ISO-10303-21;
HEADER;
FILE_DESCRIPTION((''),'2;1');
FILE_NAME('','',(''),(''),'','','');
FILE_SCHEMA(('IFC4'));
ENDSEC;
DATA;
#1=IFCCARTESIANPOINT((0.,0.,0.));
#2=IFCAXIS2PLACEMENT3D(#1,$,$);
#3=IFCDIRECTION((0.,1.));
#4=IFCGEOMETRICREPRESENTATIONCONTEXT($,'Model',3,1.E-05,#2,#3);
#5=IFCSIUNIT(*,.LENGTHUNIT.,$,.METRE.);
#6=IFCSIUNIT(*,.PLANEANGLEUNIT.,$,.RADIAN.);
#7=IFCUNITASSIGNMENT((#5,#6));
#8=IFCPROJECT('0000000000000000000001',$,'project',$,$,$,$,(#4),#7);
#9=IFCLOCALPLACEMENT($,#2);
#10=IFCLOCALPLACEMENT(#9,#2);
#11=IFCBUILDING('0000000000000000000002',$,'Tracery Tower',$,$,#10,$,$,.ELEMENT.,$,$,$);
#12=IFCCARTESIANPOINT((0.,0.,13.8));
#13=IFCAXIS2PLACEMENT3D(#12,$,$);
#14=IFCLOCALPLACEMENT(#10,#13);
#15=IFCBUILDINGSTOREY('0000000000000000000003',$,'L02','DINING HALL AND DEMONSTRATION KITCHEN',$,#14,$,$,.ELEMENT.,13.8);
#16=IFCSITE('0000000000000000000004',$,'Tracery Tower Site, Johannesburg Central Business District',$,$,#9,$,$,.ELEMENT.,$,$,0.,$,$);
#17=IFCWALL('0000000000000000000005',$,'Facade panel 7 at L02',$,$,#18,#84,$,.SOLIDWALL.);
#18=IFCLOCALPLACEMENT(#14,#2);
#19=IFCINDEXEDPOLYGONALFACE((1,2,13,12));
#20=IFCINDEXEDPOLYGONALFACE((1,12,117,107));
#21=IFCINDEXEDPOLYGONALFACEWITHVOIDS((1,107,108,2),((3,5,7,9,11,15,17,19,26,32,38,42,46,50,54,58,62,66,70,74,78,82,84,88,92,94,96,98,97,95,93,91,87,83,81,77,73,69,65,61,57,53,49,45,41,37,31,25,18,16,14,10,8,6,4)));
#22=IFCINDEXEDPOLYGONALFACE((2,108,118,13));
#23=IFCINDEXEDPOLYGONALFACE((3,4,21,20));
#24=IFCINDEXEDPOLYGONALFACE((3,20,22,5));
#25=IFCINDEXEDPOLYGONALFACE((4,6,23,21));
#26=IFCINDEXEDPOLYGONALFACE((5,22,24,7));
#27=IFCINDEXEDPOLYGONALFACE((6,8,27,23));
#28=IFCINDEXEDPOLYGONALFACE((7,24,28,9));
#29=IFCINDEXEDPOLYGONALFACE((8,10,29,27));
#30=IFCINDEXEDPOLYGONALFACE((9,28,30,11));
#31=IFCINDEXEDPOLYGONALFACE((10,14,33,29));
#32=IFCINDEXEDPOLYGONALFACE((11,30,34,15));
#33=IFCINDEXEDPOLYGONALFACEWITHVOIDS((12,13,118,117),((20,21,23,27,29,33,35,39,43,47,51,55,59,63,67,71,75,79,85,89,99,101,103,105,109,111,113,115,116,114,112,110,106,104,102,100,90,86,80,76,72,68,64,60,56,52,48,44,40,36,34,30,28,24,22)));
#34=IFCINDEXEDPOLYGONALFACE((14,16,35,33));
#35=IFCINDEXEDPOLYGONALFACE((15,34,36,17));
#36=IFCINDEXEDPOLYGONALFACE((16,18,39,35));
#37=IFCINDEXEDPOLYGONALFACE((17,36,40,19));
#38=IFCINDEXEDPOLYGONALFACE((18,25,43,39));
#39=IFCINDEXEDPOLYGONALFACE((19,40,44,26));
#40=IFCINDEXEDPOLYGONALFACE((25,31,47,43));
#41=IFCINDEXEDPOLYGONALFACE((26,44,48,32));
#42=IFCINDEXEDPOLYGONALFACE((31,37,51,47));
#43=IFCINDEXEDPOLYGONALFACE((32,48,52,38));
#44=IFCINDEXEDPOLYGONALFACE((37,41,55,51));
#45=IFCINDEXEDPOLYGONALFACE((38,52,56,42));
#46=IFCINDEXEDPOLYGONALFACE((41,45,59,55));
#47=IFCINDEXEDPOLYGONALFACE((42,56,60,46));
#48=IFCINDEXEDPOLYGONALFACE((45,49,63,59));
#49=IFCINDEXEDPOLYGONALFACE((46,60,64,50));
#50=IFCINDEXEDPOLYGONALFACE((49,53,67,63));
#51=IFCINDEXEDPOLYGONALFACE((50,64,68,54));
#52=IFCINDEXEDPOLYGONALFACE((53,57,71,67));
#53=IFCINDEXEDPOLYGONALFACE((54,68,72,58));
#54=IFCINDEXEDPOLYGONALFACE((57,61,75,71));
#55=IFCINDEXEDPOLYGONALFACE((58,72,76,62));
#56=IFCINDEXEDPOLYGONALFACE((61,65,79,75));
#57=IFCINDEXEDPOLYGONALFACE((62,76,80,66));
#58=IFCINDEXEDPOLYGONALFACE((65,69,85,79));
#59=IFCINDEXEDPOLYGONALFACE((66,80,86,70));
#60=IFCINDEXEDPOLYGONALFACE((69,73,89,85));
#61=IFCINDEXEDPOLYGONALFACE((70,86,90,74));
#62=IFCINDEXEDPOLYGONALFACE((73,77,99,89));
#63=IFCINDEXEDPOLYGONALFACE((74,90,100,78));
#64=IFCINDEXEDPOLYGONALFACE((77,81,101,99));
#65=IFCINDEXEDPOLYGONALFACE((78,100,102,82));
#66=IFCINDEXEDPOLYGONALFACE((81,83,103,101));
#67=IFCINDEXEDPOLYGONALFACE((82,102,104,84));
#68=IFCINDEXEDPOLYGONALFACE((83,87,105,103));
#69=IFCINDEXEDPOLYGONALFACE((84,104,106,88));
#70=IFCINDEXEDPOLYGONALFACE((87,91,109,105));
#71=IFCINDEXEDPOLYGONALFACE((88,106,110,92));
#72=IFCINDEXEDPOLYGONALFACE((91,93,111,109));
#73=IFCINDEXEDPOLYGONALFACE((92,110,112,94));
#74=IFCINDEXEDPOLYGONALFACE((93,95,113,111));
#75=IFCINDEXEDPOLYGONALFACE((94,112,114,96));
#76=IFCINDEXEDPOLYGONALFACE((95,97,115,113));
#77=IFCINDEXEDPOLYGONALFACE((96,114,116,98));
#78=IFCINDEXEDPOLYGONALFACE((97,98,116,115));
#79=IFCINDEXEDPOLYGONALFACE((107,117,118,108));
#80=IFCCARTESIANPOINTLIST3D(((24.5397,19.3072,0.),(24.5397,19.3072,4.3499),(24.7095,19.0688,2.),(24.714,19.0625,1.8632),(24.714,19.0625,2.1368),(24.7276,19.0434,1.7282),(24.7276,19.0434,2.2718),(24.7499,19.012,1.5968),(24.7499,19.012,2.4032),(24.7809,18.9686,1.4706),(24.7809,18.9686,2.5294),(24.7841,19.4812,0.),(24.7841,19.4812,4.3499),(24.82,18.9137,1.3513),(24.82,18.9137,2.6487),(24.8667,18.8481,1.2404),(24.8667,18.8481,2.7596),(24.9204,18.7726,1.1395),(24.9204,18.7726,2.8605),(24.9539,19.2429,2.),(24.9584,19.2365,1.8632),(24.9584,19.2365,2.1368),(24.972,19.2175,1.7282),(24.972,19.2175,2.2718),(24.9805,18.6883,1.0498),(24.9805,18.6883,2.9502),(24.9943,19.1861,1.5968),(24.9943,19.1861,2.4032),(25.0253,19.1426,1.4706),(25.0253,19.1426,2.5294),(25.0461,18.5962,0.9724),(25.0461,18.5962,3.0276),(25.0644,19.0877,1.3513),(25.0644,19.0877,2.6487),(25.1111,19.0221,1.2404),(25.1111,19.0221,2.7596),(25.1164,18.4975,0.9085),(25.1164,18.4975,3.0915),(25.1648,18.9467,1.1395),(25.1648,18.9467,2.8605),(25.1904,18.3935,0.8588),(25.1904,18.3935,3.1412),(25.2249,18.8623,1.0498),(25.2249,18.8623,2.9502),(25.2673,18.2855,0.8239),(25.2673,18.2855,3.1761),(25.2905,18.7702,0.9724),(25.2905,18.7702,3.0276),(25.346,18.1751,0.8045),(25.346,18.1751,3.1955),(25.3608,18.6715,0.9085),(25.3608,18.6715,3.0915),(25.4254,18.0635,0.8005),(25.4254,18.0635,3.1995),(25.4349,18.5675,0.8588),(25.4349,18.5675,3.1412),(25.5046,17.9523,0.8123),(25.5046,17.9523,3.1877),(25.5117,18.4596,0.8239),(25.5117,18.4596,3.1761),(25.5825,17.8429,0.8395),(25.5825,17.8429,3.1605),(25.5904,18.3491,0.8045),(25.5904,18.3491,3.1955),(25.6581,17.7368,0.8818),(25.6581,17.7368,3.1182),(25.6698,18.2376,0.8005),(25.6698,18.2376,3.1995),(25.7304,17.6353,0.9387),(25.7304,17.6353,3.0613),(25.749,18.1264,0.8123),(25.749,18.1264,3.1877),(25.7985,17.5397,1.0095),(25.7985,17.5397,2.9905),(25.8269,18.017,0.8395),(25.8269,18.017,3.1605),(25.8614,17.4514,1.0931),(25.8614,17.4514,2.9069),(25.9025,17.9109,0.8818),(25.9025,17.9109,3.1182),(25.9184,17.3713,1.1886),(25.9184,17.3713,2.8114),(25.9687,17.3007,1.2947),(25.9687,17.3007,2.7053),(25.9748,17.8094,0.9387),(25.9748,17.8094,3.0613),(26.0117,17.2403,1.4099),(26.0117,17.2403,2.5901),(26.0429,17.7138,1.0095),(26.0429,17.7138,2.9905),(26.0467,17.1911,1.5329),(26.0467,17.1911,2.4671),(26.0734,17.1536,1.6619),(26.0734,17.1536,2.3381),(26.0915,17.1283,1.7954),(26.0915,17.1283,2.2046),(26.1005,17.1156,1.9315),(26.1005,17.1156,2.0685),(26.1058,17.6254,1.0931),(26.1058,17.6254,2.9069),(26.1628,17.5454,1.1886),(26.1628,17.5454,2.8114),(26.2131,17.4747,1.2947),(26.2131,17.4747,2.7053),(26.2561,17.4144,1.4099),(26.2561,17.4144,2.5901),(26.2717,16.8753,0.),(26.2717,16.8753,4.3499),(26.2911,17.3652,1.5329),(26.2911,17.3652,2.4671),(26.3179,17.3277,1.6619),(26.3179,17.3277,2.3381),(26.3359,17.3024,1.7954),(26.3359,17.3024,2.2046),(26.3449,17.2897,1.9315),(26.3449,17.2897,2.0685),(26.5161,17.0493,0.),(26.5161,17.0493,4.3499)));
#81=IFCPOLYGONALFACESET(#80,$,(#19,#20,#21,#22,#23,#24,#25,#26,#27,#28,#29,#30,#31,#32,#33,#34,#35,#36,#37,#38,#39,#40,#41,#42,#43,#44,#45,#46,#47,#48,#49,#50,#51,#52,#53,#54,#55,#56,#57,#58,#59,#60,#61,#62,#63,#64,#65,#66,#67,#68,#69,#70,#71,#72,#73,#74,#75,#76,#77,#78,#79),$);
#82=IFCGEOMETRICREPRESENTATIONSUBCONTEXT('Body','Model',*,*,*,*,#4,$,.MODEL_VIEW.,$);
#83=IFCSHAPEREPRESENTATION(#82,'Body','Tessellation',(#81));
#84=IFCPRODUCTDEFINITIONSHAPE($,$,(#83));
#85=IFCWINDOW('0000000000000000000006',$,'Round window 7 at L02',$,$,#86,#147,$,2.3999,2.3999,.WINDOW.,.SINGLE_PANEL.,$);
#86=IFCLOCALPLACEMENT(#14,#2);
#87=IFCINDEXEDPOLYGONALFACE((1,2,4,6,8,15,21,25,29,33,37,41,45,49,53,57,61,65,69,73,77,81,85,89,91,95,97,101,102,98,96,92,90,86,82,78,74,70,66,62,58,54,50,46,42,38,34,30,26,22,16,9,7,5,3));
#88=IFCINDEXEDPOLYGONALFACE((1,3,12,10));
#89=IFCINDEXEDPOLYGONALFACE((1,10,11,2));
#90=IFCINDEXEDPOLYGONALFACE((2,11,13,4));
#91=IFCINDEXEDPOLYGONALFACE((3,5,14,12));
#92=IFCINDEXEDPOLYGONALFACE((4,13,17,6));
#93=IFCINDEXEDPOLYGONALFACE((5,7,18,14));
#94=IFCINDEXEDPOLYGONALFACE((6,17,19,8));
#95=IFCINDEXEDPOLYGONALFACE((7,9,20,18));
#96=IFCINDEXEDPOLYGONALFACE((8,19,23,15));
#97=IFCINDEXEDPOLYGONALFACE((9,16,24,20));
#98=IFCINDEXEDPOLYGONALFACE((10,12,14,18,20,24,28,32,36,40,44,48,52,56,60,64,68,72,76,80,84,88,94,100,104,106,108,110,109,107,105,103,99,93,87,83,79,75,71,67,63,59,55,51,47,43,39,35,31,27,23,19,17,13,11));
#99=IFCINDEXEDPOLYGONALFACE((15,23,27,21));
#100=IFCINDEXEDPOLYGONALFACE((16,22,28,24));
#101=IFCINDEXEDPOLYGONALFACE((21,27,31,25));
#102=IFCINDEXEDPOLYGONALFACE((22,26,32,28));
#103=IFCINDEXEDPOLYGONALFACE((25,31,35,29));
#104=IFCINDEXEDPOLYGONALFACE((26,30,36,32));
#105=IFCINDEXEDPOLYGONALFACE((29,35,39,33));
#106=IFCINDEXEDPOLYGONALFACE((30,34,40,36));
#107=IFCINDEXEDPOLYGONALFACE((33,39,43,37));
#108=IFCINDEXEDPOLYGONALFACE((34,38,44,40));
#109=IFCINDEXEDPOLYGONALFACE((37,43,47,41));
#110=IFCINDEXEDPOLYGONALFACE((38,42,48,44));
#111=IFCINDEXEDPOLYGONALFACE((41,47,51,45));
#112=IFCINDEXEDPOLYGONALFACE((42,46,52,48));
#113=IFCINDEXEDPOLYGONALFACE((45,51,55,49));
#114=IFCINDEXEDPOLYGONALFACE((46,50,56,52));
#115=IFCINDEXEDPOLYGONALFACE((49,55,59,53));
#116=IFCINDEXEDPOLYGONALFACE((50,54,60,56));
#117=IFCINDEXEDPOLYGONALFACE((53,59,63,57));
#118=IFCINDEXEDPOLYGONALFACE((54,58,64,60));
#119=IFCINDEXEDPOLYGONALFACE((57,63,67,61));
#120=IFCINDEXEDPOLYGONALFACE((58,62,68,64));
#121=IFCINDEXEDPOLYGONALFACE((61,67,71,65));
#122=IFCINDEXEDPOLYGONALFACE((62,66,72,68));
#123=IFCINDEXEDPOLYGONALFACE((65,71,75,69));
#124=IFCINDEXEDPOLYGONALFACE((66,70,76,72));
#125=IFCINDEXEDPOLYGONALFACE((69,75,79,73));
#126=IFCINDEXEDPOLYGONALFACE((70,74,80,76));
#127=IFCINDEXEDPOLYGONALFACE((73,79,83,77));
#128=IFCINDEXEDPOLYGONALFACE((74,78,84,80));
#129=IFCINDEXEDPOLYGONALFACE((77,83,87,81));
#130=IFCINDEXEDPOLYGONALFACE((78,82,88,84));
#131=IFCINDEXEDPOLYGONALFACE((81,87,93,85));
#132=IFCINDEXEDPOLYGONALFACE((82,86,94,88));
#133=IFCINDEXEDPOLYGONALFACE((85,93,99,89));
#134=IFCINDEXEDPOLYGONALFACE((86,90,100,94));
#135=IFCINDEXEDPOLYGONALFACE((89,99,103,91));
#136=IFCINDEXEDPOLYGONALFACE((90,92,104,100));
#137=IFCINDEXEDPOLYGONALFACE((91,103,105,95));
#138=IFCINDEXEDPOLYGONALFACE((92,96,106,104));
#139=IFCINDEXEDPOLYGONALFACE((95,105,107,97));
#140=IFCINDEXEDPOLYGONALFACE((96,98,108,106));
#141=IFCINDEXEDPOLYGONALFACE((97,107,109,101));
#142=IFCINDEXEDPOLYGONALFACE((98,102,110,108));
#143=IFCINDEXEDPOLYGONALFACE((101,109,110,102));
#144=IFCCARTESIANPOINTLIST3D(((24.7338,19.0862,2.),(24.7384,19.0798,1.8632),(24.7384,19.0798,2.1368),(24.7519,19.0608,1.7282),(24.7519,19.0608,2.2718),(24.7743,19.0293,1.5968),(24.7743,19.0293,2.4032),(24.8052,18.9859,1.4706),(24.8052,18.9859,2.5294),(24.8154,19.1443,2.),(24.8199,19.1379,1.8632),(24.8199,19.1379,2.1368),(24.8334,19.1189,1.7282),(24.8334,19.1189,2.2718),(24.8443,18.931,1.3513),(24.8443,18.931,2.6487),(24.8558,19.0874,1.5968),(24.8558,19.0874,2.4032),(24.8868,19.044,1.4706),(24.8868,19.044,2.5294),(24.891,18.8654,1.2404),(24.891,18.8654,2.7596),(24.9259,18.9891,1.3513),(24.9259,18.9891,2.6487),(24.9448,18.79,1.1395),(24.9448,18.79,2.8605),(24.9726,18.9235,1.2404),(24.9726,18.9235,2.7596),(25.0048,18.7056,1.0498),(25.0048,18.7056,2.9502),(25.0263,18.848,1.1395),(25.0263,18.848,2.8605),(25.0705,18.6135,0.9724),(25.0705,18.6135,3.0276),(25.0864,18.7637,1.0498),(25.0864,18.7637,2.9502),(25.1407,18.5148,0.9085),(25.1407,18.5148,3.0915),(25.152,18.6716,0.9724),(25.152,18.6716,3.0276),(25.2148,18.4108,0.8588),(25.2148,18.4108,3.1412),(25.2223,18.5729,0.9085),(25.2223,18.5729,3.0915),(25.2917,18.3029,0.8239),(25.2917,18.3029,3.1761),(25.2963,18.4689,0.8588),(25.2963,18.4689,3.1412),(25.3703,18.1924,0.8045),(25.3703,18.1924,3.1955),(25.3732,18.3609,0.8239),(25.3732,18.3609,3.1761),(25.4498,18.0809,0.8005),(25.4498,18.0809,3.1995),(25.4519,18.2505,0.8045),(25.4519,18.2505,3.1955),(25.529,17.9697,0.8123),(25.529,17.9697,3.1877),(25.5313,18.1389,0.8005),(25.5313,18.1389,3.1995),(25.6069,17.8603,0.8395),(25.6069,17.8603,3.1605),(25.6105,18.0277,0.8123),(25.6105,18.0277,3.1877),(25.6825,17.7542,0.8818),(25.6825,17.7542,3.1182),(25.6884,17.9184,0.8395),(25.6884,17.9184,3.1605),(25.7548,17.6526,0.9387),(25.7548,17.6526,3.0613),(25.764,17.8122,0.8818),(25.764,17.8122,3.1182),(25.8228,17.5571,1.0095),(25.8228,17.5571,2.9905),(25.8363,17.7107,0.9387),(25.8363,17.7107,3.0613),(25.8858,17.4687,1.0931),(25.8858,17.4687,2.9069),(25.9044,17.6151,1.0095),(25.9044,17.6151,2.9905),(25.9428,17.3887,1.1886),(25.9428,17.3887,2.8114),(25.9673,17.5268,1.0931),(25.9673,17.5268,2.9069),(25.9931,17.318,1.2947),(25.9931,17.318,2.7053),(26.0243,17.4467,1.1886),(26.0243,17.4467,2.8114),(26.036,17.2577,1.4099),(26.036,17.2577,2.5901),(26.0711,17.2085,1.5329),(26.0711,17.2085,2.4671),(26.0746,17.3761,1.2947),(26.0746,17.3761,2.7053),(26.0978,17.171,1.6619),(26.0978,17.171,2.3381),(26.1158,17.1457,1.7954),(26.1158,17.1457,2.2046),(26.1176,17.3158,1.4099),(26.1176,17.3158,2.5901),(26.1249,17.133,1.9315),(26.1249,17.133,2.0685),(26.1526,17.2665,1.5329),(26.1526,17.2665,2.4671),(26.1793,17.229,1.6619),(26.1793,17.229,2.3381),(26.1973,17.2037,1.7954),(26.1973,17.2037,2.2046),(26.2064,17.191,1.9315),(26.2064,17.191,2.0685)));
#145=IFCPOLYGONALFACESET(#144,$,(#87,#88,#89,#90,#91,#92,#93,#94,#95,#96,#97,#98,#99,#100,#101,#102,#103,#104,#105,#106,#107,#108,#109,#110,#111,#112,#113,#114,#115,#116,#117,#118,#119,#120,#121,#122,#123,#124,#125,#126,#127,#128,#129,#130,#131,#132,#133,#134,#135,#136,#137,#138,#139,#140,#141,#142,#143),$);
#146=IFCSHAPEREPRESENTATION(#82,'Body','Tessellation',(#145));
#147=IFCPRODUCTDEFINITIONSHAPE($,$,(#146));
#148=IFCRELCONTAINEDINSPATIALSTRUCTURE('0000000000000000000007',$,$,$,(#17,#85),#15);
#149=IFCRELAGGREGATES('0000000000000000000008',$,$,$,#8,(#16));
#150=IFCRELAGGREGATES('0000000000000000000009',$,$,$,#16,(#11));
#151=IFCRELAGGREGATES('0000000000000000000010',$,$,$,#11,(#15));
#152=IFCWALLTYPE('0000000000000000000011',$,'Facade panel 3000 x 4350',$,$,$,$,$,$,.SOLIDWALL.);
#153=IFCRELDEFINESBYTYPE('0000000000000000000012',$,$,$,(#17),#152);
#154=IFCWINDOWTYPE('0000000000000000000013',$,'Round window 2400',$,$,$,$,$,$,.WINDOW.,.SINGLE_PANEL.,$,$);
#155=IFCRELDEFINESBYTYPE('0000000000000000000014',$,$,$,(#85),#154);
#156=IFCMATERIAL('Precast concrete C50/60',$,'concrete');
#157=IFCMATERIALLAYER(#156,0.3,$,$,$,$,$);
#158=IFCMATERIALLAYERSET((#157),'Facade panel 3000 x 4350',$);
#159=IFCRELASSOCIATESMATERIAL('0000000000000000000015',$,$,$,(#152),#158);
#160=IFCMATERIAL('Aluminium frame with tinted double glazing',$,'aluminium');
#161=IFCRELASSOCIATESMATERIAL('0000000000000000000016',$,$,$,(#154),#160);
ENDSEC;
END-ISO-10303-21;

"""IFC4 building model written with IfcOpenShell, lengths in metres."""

from ifc_helpers import new_model, si_unit, direction, frame, frame_2d, origin, origin_2d, place, context, subcontext, project, spatial, rectangle, circle, extrude, material, layer, layer_set, type_object, element, fill, save


model = new_model("IFC4")

# Units and contexts
model_context = context("Model", 3, precision=1e-05, world=origin(), true_north=direction((0.0, 1.0)))
body_context = subcontext(model_context, "Body", "Model", "MODEL_VIEW")
ifc_project = project(units=[si_unit("LENGTHUNIT", "METRE"), si_unit("PLANEANGLEUNIT", "RADIAN")], contexts=[model_context])

# Site, building, storey
site_placement = place(None, origin())
site = spatial("IfcSite", under=ifc_project, at=site_placement, Name="Tracery Tower Site, Johannesburg Central Business District", CompositionType="ELEMENT", RefElevation=0.0)
building_placement = place(site_placement, origin())
building = spatial("IfcBuilding", under=site, at=building_placement, Name="Tracery Tower", CompositionType="ELEMENT")
storey_placement = place(building_placement, frame((0.0, 0.0, 13.8)))
storey = spatial("IfcBuildingStorey", under=building, at=storey_placement, Name="L02", Description="DINING HALL AND DEMONSTRATION KITCHEN", CompositionType="ELEMENT", Elevation=13.8)

# Wall, opening, window
ifc_material_1 = material(Name="Precast concrete C50/60", Category="concrete")
ifc_layer_1 = layer(ifc_material_1, 0.3)
ifc_layer_set_1 = layer_set([ifc_layer_1], Name="Facade panel 3000 x 4350")
wall_type_1 = type_object("IfcWallType", Name="Facade panel 3000 x 4350", PredefinedType="SOLIDWALL", material=ifc_layer_set_1)
wall_1_placement = place(storey_placement, frame((26.3938, 16.9624, 0.0), z_axis=(0.0, 0.0, 1.0), x_axis=(-0.580101, 0.814545, 0.0)))
wall_1 = element("IfcWall", 1, at=wall_1_placement, inside=storey, type_object=wall_type_1, Name="Facade panel 7 at L02", PredefinedType="SOLIDWALL", context=body_context, shape_type="SweptSolid", body=[
    extrude(rectangle(XDim=2.9856, YDim=0.3, at=frame_2d((1.4927, 0.0))), origin(), (0.0, 0.0, 1.0), 4.3499),
])
opening_1_placement = place(wall_1_placement, frame((1.4929, 0.0, 2.0)))
opening_1 = element("IfcOpeningElement", 2, at=opening_1_placement, cuts=wall_1, PredefinedType="OPENING", context=body_context, shape_type="SweptSolid", body=[
    extrude(circle(Radius=1.2, at=origin_2d()), frame((0.0, 0.1599, 0.0), z_axis=(0.0, -1.0, 0.0), x_axis=(1.0, 0.0, 0.0)), (0.0, 0.0, 1.0), 0.3201),
])
ifc_material_2 = material(Name="Aluminium frame with tinted double glazing", Category="aluminium")
window_type = type_object("IfcWindowType", Name="Round window 2400", PartitioningType="SINGLE_PANEL", PredefinedType="WINDOW", material=ifc_material_2)
window_1_placement = place(opening_1_placement, origin())
window_1 = element("IfcWindow", 3, at=window_1_placement, inside=storey, type_object=window_type, Name="Round window 7 at L02", OverallHeight=2.3999, OverallWidth=2.3999, PartitioningType="SINGLE_PANEL", PredefinedType="WINDOW", context=body_context, shape_type="SweptSolid", body=[
    extrude(circle(Radius=1.2, at=origin_2d()), frame((0.0, 0.1201, 0.0), z_axis=(0.0, -1.0, 0.0), x_axis=(1.0, 0.0, 0.0)), (0.0, 0.0, 1.0), 0.1001),
])
fill(opening_1, window_1)

save(model, "model.ifc")
